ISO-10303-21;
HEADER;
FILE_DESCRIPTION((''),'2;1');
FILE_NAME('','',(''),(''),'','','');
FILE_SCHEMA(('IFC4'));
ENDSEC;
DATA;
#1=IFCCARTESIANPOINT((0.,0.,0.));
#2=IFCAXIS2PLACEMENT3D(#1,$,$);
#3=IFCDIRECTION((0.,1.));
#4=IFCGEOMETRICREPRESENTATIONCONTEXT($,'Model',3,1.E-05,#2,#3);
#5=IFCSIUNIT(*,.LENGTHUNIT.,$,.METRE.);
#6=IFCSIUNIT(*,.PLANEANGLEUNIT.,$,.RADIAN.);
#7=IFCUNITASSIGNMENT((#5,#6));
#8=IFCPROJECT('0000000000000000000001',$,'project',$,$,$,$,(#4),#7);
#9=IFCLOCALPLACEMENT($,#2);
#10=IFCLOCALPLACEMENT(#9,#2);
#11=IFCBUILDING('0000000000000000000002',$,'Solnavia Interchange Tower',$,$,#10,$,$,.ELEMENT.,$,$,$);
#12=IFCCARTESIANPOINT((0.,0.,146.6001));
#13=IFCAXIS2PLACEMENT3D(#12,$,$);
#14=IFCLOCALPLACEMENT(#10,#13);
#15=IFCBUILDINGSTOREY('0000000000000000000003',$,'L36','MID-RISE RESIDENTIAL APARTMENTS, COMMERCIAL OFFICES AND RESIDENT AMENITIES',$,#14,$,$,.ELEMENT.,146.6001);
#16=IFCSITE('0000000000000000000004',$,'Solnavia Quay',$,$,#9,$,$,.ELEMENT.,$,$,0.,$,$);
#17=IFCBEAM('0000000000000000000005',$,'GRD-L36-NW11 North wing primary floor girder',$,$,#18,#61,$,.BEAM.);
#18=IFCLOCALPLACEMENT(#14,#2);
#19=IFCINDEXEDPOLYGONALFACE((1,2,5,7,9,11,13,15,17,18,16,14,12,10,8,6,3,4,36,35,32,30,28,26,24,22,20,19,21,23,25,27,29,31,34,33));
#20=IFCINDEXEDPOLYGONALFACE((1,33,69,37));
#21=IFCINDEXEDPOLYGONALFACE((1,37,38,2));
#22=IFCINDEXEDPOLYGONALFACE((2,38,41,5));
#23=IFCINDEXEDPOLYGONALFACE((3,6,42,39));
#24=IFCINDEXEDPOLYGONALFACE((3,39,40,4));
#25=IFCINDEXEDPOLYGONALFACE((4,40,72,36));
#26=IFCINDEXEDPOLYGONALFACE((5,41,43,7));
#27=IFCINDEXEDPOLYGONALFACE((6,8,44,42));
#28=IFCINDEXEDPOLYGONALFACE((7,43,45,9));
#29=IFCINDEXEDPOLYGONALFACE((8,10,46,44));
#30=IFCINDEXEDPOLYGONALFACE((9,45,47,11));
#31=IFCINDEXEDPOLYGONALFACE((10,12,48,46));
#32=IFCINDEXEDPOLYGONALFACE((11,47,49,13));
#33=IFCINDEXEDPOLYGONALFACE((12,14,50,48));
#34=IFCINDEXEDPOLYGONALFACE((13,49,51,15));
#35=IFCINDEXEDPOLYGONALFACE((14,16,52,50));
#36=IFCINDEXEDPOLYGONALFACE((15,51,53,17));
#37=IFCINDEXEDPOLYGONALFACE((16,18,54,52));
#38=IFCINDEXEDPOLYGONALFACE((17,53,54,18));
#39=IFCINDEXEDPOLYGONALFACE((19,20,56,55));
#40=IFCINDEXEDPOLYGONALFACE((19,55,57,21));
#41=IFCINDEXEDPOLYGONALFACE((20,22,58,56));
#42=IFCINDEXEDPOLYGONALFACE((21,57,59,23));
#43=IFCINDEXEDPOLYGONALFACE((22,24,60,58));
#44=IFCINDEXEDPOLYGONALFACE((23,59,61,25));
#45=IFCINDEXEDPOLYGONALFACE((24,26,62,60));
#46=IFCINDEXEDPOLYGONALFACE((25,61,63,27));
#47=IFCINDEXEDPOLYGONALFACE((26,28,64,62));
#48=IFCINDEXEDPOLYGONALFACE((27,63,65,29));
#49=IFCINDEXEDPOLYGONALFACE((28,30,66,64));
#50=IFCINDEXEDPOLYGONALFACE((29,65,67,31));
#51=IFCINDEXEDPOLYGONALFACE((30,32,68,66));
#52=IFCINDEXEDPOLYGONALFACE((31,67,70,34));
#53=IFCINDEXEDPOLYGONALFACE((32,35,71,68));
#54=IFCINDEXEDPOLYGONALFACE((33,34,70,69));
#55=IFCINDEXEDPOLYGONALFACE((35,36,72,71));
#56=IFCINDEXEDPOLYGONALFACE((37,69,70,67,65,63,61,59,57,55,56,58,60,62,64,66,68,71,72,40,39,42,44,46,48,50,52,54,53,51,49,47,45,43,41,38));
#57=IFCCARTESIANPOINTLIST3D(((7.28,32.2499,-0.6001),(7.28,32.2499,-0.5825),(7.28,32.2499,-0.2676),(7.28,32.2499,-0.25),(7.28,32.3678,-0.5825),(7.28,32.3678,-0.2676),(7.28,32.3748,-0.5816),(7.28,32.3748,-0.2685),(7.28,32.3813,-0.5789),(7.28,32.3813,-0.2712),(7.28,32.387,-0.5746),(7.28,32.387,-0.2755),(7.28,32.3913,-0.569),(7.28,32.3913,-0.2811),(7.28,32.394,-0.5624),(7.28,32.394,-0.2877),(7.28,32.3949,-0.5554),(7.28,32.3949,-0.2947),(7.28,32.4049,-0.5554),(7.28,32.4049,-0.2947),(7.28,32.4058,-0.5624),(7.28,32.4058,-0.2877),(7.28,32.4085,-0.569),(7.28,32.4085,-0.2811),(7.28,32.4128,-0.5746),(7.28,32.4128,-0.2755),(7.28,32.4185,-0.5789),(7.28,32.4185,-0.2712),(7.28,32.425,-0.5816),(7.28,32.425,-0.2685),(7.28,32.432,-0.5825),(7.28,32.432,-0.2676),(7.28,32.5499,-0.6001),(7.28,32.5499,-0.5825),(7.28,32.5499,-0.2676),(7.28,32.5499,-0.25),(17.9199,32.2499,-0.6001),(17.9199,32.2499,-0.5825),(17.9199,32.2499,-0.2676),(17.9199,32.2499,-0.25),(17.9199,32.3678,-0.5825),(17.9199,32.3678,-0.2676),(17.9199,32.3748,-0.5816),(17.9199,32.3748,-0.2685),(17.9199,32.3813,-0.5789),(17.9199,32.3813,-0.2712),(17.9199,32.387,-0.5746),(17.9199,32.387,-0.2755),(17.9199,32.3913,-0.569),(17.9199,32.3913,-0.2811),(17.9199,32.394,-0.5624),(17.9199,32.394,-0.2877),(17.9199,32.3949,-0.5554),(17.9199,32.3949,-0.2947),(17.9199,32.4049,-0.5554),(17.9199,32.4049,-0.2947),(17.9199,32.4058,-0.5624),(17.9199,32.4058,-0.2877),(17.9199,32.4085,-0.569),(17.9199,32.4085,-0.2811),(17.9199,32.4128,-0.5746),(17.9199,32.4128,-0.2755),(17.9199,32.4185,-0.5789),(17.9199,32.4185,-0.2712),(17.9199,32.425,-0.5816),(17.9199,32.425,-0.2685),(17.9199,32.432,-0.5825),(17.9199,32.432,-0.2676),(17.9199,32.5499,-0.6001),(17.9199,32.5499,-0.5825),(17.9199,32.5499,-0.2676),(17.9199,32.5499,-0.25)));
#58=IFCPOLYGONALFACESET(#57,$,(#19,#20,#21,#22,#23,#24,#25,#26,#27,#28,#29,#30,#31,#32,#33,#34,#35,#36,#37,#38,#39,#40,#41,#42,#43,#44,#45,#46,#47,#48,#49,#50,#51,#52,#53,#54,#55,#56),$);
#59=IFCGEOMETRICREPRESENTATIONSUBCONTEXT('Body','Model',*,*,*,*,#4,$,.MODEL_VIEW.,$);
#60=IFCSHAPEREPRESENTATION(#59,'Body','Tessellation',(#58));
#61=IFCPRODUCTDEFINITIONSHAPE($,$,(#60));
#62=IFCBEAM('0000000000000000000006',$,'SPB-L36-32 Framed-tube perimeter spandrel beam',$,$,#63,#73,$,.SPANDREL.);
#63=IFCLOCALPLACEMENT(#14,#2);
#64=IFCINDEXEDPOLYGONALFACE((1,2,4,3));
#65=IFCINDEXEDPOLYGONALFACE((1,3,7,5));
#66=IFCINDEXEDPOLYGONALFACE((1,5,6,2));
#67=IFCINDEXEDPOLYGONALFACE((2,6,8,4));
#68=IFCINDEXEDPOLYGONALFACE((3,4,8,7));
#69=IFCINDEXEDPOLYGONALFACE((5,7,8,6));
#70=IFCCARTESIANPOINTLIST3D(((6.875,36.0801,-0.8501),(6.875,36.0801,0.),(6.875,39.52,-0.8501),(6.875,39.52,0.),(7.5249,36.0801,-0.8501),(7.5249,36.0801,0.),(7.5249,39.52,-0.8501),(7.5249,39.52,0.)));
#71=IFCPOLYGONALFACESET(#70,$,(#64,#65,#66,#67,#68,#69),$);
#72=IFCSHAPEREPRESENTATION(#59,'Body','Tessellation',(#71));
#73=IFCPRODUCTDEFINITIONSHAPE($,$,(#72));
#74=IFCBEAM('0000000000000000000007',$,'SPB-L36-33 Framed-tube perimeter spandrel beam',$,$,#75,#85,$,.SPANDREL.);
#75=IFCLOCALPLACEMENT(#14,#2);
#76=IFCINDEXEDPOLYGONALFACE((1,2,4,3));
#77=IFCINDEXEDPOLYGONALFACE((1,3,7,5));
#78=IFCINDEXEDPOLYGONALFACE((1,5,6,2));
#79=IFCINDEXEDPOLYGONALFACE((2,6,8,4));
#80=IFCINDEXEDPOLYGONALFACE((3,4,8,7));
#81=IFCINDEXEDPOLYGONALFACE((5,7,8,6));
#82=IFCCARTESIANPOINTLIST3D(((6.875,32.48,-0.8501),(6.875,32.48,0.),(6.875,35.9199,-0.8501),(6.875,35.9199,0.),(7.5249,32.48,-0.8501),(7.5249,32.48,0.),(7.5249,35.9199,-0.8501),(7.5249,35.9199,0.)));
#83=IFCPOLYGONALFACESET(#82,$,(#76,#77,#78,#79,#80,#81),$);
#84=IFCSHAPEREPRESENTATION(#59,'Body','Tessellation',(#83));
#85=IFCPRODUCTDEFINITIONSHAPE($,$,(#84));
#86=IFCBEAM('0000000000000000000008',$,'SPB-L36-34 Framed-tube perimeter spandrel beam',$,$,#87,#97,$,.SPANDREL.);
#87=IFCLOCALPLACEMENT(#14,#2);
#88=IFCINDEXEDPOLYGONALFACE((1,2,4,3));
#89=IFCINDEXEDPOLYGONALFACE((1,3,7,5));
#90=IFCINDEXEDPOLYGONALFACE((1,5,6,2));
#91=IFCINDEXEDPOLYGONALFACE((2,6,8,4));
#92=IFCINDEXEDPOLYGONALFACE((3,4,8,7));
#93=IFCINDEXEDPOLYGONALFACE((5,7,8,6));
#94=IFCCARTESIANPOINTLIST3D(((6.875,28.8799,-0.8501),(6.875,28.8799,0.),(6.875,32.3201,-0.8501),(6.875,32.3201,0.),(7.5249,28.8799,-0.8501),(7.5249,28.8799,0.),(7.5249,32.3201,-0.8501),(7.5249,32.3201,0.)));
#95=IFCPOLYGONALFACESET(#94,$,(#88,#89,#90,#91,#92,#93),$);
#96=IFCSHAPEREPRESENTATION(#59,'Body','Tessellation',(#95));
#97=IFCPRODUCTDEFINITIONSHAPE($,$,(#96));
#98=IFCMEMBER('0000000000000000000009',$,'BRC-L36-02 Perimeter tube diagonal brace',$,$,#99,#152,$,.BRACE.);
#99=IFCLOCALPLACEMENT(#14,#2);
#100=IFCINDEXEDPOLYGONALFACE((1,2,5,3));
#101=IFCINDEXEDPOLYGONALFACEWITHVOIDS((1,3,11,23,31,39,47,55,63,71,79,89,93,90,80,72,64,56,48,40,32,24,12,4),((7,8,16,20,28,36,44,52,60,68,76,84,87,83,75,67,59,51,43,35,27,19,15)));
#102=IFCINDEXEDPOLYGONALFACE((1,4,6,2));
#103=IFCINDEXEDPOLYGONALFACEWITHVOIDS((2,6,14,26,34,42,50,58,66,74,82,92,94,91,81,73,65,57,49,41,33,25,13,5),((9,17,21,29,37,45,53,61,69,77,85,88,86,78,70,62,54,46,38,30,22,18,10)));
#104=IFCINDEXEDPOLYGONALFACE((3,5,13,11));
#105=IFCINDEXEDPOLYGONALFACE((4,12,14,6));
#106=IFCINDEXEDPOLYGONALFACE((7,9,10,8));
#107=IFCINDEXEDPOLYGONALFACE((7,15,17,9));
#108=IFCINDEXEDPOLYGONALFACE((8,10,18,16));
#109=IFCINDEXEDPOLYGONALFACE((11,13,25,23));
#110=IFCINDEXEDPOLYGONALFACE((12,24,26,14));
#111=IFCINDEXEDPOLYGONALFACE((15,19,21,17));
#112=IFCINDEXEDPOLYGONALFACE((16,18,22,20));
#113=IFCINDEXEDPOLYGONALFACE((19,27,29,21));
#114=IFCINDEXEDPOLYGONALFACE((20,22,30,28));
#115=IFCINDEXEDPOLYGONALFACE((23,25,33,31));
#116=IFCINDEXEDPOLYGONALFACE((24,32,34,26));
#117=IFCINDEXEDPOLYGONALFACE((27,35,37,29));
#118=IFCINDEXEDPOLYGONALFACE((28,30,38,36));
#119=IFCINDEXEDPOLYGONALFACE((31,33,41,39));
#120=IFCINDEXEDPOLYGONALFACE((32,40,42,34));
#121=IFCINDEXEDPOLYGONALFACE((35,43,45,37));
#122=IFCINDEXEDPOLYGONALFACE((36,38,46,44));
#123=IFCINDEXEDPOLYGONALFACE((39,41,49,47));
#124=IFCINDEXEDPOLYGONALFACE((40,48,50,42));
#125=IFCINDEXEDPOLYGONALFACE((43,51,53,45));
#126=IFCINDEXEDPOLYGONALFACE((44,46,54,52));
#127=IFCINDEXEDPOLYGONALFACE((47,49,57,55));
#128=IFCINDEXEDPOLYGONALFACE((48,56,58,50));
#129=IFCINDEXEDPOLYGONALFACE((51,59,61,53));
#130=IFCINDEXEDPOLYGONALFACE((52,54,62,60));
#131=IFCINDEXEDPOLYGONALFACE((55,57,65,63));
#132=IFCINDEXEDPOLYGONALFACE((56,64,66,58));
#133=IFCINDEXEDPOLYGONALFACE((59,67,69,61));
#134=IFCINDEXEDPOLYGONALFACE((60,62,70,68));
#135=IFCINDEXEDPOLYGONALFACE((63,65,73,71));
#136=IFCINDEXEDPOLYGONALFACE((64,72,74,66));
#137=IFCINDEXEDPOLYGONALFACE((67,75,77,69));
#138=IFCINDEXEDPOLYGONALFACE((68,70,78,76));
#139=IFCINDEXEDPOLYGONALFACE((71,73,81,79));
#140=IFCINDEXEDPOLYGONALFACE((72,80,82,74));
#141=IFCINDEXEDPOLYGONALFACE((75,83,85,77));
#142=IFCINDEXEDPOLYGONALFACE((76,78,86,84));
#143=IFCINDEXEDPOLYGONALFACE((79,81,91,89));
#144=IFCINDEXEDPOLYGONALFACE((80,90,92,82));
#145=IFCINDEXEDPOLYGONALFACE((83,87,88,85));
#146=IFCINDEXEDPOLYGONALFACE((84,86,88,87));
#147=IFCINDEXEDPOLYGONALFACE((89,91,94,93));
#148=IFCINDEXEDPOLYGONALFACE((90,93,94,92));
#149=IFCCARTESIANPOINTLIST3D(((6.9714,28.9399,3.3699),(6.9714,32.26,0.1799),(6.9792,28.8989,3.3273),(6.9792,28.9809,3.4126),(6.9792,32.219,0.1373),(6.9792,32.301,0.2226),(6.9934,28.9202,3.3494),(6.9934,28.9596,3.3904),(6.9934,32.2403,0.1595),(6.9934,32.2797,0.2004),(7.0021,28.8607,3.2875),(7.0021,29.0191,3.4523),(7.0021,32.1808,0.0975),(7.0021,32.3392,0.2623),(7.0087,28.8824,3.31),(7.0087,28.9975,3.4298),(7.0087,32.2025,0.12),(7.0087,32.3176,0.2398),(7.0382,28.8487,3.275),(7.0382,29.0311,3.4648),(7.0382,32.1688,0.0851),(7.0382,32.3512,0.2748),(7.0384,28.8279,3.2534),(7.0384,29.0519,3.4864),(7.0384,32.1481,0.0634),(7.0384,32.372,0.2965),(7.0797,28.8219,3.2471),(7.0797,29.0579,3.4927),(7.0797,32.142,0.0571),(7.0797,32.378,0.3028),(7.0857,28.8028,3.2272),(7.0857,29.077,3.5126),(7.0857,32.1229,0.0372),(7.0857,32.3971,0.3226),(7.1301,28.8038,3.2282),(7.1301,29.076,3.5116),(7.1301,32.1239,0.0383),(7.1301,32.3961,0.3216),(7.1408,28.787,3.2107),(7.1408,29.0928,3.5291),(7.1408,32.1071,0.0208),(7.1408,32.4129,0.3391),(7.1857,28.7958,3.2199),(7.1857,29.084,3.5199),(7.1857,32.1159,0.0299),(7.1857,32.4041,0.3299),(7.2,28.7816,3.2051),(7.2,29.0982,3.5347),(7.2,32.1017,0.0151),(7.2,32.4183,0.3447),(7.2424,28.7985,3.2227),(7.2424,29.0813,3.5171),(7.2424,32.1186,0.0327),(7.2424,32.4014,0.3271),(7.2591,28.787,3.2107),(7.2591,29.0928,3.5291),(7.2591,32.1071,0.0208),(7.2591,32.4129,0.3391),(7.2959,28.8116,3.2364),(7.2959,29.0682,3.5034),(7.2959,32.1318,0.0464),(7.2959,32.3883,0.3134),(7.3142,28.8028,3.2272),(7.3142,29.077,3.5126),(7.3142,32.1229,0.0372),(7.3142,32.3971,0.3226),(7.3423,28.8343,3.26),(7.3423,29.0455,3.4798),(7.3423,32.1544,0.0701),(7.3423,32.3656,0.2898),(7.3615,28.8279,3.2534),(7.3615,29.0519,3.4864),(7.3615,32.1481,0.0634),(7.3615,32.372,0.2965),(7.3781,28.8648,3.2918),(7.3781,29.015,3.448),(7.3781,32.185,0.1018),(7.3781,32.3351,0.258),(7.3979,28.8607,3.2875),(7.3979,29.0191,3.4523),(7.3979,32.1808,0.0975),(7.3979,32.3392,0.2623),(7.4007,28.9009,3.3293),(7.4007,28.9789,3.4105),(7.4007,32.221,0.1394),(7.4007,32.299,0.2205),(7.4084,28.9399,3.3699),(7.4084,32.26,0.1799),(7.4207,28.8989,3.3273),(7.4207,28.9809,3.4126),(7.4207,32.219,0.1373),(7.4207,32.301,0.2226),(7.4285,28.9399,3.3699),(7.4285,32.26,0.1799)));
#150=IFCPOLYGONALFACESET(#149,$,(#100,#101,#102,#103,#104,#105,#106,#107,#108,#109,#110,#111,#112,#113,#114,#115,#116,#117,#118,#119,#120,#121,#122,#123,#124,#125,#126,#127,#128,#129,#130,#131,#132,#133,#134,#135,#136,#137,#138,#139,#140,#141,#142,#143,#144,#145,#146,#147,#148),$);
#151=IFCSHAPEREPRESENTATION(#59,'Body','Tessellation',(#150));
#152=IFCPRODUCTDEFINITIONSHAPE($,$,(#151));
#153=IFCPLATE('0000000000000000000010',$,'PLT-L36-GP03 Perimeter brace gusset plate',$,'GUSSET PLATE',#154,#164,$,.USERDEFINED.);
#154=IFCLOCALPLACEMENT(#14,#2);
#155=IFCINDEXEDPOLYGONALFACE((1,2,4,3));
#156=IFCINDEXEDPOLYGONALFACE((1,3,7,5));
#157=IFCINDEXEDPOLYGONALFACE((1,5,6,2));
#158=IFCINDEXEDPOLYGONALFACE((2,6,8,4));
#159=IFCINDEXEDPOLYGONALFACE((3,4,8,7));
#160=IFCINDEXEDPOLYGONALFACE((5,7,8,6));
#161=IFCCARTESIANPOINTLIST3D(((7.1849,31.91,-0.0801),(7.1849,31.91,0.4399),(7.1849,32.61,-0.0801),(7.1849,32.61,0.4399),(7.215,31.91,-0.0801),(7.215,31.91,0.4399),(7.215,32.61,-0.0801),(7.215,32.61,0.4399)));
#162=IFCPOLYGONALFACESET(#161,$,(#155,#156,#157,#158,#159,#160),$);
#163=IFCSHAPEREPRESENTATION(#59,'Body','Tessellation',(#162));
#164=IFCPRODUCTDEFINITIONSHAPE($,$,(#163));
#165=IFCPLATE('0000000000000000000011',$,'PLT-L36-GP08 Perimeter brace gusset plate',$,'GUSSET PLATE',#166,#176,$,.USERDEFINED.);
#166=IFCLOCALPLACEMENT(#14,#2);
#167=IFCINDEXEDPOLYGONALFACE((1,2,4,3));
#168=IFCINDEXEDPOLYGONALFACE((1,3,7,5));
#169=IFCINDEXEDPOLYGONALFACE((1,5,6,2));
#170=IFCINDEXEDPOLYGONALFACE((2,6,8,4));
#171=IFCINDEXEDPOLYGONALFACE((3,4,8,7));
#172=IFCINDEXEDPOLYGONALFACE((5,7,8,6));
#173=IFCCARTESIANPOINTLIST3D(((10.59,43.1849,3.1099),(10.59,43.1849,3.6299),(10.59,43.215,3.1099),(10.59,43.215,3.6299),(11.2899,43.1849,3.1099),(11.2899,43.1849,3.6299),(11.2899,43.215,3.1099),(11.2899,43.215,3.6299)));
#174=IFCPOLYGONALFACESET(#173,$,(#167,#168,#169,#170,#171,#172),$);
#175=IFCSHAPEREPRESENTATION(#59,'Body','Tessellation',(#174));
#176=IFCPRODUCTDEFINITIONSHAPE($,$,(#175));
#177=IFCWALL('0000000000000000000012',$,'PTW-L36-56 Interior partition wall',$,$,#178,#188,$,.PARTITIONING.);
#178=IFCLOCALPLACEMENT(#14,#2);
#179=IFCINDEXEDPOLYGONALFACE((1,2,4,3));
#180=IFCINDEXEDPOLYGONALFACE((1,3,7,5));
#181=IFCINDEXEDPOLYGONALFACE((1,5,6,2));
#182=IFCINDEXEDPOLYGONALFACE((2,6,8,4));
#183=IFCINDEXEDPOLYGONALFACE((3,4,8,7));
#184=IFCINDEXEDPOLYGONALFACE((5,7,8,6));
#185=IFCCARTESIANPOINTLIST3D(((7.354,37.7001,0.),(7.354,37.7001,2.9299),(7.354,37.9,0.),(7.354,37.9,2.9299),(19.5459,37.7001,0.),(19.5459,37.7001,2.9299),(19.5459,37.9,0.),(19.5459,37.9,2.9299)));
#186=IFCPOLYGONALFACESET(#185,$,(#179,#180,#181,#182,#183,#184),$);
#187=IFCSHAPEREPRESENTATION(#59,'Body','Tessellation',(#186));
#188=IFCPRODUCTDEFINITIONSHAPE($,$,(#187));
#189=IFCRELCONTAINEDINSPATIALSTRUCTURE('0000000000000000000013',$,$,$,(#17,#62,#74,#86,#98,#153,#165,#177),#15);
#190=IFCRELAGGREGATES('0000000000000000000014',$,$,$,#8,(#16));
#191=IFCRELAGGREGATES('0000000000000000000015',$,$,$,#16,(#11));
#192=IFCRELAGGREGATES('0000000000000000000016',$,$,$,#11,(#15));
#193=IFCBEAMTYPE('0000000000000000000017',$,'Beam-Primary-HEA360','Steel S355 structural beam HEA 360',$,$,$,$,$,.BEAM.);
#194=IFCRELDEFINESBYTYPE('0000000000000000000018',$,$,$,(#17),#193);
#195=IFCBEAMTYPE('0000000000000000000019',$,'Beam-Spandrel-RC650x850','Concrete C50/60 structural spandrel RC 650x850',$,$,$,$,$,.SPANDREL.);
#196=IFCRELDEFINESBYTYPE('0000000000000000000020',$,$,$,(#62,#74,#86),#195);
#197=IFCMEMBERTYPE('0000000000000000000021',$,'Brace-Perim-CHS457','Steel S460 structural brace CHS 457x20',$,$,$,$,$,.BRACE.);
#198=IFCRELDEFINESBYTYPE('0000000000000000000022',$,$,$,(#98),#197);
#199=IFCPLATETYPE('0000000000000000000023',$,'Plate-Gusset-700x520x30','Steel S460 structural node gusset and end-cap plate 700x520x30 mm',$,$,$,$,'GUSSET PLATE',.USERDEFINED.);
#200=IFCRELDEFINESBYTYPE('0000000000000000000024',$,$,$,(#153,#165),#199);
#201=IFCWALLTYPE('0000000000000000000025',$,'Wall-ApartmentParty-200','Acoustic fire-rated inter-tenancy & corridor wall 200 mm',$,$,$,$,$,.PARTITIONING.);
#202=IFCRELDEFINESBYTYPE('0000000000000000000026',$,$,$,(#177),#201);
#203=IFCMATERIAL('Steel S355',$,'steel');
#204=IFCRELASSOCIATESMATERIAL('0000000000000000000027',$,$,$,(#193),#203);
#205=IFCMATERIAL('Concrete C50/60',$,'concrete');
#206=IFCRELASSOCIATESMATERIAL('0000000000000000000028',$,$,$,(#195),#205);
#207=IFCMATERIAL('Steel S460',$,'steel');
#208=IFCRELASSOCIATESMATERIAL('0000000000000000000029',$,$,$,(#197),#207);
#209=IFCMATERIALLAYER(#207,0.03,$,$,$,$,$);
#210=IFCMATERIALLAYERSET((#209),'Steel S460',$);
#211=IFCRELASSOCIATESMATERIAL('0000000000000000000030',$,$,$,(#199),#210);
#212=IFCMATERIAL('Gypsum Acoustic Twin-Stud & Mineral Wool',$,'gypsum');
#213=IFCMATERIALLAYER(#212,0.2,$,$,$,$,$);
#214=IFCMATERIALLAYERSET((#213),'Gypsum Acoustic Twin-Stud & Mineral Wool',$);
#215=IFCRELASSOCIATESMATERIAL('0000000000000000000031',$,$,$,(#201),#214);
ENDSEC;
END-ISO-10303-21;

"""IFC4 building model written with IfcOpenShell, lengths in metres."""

from ifc_helpers import new_model, si_unit, direction, frame, frame_2d, origin, origin_2d, place, context, subcontext, project, spatial, rectangle, hollow_circle, i_section, extrude, material, layer, layer_set, material_profile, profile_set, type_object, element, save


model = new_model("IFC4")

# Units and contexts
model_context = context("Model", 3, precision=1e-05, world=origin(), true_north=direction((0.0, 1.0)))
body_context = subcontext(model_context, "Body", "Model", "MODEL_VIEW")
ifc_project = project(units=[si_unit("LENGTHUNIT", "METRE"), si_unit("PLANEANGLEUNIT", "RADIAN")], contexts=[model_context])

# Site, building, storey
site_placement = place(None, origin())
site = spatial("IfcSite", under=ifc_project, at=site_placement, Name="Solnavia Quay", CompositionType="ELEMENT", RefElevation=0.0)
building_placement = place(site_placement, origin())
building = spatial("IfcBuilding", under=site, at=building_placement, Name="Solnavia Interchange Tower", CompositionType="ELEMENT")
storey_placement = place(building_placement, frame((0.0, 0.0, 146.6001)))
storey = spatial("IfcBuildingStorey", under=building, at=storey_placement, Name="L36", Description="MID-RISE RESIDENTIAL APARTMENTS, COMMERCIAL OFFICES AND RESIDENT AMENITIES", CompositionType="ELEMENT", Elevation=146.6001)

# Shared definitions
ifc_material_1 = material(Name="Concrete C50/60", Category="concrete")

# Beams
ifc_material_2 = material(Name="Steel S460", Category="steel")
ifc_material_3 = material(Name="Steel S355", Category="steel")
ifc_material_profile_1 = material_profile(ifc_material_3, i_section(OverallWidth=0.3, OverallDepth=0.3501, WebThickness=0.01, FlangeThickness=0.0176, FilletRadius=0.0271, at=origin_2d()), Name="HEA 360")
ifc_profile_set_1 = profile_set([ifc_material_profile_1], Name="Steel S355")
beam_type_1 = type_object("IfcBeamType", Name="Beam-Primary-HEA360", Description="Steel S355 structural beam HEA 360", PredefinedType="BEAM", material=ifc_profile_set_1)
beam_1_placement = place(storey_placement, frame((7.28, 32.3999, -0.425), z_axis=(1.0, 0.0, 0.0), x_axis=(0.0, 1.0, 0.0)))
element("IfcBeam", 1, at=beam_1_placement, inside=storey, type_object=beam_type_1, Name="GRD-L36-NW11 North wing primary floor girder", PredefinedType="BEAM", context=body_context, shape_type="SweptSolid", body=[
    extrude(i_section(OverallWidth=0.3, OverallDepth=0.3501, WebThickness=0.01, FlangeThickness=0.0176, FilletRadius=0.0271, at=origin_2d()), origin(), (0.0, 0.0, 1.0), 10.6399),
])
ifc_material_profile_2 = material_profile(ifc_material_1, rectangle(XDim=0.6499, YDim=0.8501, at=origin_2d()), Name="RC 650x850")
ifc_profile_set_2 = profile_set([ifc_material_profile_2], Name="Concrete C50/60")
beam_type_2 = type_object("IfcBeamType", Name="Beam-Spandrel-RC650x850", Description="Concrete C50/60 structural spandrel RC 650x850", PredefinedType="SPANDREL", material=ifc_profile_set_2)
for number, where, z_axis, x_axis, name in (
    (2, (7.2, 39.52, -0.425), (0.0, -1.0, 0.0), (1.0, 0.0, 0.0), "SPB-L36-32 Framed-tube perimeter spandrel beam"),
    (3, (7.2, 35.9199, -0.425), (0.0, -1.0, 0.0), (1.0, 0.0, 0.0), "SPB-L36-33 Framed-tube perimeter spandrel beam"),
):
    element("IfcBeam", number, at=place(storey_placement, frame(where, z_axis=z_axis, x_axis=x_axis)), inside=storey, type_object=beam_type_2, Name=name, PredefinedType="SPANDREL", context=body_context, shape_type="SweptSolid", body=[
        extrude(rectangle(XDim=0.6499, YDim=0.8501, at=origin_2d()), origin(), (0.0, 0.0, 1.0), 3.4399),
    ])
beam_2_placement = place(storey_placement, frame((7.2, 32.3201, -0.425), z_axis=(0.0, -1.0, 0.0), x_axis=(1.0, 0.0, 0.0)))
element("IfcBeam", 4, at=beam_2_placement, inside=storey, type_object=beam_type_2, Name="SPB-L36-34 Framed-tube perimeter spandrel beam", PredefinedType="SPANDREL", context=body_context, shape_type="SweptSolid", body=[
    extrude(rectangle(XDim=0.6499, YDim=0.8501, at=origin_2d()), origin(), (0.0, 0.0, 1.0), 3.4402),
])

# Member
ifc_material_profile_3 = material_profile(ifc_material_2, hollow_circle(Radius=0.2285, WallThickness=0.02, at=origin_2d()), Name="CHS 457x20")
ifc_profile_set_3 = profile_set([ifc_material_profile_3], Name="Steel S460")
member_type = type_object("IfcMemberType", Name="Brace-Perim-CHS457", Description="Steel S460 structural brace CHS 457x20", PredefinedType="BRACE", material=ifc_profile_set_3)
member_placement = place(storey_placement, frame((7.2, 32.26, 0.1799), z_axis=(0.0, -0.721097, 0.692834), x_axis=(1.0, 0.0, 0.0)))
element("IfcMember", 5, at=member_placement, inside=storey, type_object=member_type, Name="BRC-L36-02 Perimeter tube diagonal brace", PredefinedType="BRACE", context=body_context, shape_type="SweptSolid", body=[
    extrude(hollow_circle(Radius=0.2285, WallThickness=0.02, at=origin_2d()), origin(), (0.0, 0.0, 1.0), 4.6042),
])

# Plates
ifc_layer_1 = layer(ifc_material_2, 0.03)
ifc_layer_set_1 = layer_set([ifc_layer_1], Name="Steel S460")
plate_type = type_object("IfcPlateType", Name="Plate-Gusset-700x520x30", Description="Steel S460 structural node gusset and end-cap plate 700x520x30 mm", ElementType="GUSSET PLATE", PredefinedType="USERDEFINED", material=ifc_layer_set_1)
for number, where, z_axis, x_axis, name in (
    (6, (7.2, 32.26, -0.0801), (0.0, 0.0, 1.0), (0.0, -1.0, 0.0), "PLT-L36-GP03 Perimeter brace gusset plate"),
    (7, (10.9399, 43.2, 3.1099), (0.0, 0.0, 1.0), (-1.0, 0.0, 0.0), "PLT-L36-GP08 Perimeter brace gusset plate"),
):
    element("IfcPlate", number, at=place(storey_placement, frame(where, z_axis=z_axis, x_axis=x_axis)), inside=storey, type_object=plate_type, Name=name, ObjectType="GUSSET PLATE", PredefinedType="USERDEFINED", context=body_context, shape_type="SweptSolid", body=[
        extrude(rectangle(XDim=0.7, YDim=0.03, at=origin_2d()), origin(), (0.0, 0.0, 1.0), 0.52),
    ])

# Wall
ifc_material_4 = material(Name="Gypsum Acoustic Twin-Stud & Mineral Wool", Category="gypsum")
ifc_layer_2 = layer(ifc_material_4, 0.2)
ifc_layer_set_2 = layer_set([ifc_layer_2], Name="Gypsum Acoustic Twin-Stud & Mineral Wool")
wall_type_1 = type_object("IfcWallType", Name="Wall-ApartmentParty-200", Description="Acoustic fire-rated inter-tenancy & corridor wall 200 mm", PredefinedType="PARTITIONING", material=ifc_layer_set_2)
wall_1_placement = place(storey_placement, frame((7.354, 37.8, 0.0), z_axis=(0.0, 0.0, 1.0), x_axis=(1.0, 0.0, 0.0)))
element("IfcWall", 8, at=wall_1_placement, inside=storey, type_object=wall_type_1, Name="PTW-L36-56 Interior partition wall", PredefinedType="PARTITIONING", context=body_context, shape_type="SweptSolid", body=[
    extrude(rectangle(XDim=12.1919, YDim=0.2, at=frame_2d((6.0959, 0.0))), origin(), (0.0, 0.0, 1.0), 2.9299),
])

save(model, "model.ifc")
